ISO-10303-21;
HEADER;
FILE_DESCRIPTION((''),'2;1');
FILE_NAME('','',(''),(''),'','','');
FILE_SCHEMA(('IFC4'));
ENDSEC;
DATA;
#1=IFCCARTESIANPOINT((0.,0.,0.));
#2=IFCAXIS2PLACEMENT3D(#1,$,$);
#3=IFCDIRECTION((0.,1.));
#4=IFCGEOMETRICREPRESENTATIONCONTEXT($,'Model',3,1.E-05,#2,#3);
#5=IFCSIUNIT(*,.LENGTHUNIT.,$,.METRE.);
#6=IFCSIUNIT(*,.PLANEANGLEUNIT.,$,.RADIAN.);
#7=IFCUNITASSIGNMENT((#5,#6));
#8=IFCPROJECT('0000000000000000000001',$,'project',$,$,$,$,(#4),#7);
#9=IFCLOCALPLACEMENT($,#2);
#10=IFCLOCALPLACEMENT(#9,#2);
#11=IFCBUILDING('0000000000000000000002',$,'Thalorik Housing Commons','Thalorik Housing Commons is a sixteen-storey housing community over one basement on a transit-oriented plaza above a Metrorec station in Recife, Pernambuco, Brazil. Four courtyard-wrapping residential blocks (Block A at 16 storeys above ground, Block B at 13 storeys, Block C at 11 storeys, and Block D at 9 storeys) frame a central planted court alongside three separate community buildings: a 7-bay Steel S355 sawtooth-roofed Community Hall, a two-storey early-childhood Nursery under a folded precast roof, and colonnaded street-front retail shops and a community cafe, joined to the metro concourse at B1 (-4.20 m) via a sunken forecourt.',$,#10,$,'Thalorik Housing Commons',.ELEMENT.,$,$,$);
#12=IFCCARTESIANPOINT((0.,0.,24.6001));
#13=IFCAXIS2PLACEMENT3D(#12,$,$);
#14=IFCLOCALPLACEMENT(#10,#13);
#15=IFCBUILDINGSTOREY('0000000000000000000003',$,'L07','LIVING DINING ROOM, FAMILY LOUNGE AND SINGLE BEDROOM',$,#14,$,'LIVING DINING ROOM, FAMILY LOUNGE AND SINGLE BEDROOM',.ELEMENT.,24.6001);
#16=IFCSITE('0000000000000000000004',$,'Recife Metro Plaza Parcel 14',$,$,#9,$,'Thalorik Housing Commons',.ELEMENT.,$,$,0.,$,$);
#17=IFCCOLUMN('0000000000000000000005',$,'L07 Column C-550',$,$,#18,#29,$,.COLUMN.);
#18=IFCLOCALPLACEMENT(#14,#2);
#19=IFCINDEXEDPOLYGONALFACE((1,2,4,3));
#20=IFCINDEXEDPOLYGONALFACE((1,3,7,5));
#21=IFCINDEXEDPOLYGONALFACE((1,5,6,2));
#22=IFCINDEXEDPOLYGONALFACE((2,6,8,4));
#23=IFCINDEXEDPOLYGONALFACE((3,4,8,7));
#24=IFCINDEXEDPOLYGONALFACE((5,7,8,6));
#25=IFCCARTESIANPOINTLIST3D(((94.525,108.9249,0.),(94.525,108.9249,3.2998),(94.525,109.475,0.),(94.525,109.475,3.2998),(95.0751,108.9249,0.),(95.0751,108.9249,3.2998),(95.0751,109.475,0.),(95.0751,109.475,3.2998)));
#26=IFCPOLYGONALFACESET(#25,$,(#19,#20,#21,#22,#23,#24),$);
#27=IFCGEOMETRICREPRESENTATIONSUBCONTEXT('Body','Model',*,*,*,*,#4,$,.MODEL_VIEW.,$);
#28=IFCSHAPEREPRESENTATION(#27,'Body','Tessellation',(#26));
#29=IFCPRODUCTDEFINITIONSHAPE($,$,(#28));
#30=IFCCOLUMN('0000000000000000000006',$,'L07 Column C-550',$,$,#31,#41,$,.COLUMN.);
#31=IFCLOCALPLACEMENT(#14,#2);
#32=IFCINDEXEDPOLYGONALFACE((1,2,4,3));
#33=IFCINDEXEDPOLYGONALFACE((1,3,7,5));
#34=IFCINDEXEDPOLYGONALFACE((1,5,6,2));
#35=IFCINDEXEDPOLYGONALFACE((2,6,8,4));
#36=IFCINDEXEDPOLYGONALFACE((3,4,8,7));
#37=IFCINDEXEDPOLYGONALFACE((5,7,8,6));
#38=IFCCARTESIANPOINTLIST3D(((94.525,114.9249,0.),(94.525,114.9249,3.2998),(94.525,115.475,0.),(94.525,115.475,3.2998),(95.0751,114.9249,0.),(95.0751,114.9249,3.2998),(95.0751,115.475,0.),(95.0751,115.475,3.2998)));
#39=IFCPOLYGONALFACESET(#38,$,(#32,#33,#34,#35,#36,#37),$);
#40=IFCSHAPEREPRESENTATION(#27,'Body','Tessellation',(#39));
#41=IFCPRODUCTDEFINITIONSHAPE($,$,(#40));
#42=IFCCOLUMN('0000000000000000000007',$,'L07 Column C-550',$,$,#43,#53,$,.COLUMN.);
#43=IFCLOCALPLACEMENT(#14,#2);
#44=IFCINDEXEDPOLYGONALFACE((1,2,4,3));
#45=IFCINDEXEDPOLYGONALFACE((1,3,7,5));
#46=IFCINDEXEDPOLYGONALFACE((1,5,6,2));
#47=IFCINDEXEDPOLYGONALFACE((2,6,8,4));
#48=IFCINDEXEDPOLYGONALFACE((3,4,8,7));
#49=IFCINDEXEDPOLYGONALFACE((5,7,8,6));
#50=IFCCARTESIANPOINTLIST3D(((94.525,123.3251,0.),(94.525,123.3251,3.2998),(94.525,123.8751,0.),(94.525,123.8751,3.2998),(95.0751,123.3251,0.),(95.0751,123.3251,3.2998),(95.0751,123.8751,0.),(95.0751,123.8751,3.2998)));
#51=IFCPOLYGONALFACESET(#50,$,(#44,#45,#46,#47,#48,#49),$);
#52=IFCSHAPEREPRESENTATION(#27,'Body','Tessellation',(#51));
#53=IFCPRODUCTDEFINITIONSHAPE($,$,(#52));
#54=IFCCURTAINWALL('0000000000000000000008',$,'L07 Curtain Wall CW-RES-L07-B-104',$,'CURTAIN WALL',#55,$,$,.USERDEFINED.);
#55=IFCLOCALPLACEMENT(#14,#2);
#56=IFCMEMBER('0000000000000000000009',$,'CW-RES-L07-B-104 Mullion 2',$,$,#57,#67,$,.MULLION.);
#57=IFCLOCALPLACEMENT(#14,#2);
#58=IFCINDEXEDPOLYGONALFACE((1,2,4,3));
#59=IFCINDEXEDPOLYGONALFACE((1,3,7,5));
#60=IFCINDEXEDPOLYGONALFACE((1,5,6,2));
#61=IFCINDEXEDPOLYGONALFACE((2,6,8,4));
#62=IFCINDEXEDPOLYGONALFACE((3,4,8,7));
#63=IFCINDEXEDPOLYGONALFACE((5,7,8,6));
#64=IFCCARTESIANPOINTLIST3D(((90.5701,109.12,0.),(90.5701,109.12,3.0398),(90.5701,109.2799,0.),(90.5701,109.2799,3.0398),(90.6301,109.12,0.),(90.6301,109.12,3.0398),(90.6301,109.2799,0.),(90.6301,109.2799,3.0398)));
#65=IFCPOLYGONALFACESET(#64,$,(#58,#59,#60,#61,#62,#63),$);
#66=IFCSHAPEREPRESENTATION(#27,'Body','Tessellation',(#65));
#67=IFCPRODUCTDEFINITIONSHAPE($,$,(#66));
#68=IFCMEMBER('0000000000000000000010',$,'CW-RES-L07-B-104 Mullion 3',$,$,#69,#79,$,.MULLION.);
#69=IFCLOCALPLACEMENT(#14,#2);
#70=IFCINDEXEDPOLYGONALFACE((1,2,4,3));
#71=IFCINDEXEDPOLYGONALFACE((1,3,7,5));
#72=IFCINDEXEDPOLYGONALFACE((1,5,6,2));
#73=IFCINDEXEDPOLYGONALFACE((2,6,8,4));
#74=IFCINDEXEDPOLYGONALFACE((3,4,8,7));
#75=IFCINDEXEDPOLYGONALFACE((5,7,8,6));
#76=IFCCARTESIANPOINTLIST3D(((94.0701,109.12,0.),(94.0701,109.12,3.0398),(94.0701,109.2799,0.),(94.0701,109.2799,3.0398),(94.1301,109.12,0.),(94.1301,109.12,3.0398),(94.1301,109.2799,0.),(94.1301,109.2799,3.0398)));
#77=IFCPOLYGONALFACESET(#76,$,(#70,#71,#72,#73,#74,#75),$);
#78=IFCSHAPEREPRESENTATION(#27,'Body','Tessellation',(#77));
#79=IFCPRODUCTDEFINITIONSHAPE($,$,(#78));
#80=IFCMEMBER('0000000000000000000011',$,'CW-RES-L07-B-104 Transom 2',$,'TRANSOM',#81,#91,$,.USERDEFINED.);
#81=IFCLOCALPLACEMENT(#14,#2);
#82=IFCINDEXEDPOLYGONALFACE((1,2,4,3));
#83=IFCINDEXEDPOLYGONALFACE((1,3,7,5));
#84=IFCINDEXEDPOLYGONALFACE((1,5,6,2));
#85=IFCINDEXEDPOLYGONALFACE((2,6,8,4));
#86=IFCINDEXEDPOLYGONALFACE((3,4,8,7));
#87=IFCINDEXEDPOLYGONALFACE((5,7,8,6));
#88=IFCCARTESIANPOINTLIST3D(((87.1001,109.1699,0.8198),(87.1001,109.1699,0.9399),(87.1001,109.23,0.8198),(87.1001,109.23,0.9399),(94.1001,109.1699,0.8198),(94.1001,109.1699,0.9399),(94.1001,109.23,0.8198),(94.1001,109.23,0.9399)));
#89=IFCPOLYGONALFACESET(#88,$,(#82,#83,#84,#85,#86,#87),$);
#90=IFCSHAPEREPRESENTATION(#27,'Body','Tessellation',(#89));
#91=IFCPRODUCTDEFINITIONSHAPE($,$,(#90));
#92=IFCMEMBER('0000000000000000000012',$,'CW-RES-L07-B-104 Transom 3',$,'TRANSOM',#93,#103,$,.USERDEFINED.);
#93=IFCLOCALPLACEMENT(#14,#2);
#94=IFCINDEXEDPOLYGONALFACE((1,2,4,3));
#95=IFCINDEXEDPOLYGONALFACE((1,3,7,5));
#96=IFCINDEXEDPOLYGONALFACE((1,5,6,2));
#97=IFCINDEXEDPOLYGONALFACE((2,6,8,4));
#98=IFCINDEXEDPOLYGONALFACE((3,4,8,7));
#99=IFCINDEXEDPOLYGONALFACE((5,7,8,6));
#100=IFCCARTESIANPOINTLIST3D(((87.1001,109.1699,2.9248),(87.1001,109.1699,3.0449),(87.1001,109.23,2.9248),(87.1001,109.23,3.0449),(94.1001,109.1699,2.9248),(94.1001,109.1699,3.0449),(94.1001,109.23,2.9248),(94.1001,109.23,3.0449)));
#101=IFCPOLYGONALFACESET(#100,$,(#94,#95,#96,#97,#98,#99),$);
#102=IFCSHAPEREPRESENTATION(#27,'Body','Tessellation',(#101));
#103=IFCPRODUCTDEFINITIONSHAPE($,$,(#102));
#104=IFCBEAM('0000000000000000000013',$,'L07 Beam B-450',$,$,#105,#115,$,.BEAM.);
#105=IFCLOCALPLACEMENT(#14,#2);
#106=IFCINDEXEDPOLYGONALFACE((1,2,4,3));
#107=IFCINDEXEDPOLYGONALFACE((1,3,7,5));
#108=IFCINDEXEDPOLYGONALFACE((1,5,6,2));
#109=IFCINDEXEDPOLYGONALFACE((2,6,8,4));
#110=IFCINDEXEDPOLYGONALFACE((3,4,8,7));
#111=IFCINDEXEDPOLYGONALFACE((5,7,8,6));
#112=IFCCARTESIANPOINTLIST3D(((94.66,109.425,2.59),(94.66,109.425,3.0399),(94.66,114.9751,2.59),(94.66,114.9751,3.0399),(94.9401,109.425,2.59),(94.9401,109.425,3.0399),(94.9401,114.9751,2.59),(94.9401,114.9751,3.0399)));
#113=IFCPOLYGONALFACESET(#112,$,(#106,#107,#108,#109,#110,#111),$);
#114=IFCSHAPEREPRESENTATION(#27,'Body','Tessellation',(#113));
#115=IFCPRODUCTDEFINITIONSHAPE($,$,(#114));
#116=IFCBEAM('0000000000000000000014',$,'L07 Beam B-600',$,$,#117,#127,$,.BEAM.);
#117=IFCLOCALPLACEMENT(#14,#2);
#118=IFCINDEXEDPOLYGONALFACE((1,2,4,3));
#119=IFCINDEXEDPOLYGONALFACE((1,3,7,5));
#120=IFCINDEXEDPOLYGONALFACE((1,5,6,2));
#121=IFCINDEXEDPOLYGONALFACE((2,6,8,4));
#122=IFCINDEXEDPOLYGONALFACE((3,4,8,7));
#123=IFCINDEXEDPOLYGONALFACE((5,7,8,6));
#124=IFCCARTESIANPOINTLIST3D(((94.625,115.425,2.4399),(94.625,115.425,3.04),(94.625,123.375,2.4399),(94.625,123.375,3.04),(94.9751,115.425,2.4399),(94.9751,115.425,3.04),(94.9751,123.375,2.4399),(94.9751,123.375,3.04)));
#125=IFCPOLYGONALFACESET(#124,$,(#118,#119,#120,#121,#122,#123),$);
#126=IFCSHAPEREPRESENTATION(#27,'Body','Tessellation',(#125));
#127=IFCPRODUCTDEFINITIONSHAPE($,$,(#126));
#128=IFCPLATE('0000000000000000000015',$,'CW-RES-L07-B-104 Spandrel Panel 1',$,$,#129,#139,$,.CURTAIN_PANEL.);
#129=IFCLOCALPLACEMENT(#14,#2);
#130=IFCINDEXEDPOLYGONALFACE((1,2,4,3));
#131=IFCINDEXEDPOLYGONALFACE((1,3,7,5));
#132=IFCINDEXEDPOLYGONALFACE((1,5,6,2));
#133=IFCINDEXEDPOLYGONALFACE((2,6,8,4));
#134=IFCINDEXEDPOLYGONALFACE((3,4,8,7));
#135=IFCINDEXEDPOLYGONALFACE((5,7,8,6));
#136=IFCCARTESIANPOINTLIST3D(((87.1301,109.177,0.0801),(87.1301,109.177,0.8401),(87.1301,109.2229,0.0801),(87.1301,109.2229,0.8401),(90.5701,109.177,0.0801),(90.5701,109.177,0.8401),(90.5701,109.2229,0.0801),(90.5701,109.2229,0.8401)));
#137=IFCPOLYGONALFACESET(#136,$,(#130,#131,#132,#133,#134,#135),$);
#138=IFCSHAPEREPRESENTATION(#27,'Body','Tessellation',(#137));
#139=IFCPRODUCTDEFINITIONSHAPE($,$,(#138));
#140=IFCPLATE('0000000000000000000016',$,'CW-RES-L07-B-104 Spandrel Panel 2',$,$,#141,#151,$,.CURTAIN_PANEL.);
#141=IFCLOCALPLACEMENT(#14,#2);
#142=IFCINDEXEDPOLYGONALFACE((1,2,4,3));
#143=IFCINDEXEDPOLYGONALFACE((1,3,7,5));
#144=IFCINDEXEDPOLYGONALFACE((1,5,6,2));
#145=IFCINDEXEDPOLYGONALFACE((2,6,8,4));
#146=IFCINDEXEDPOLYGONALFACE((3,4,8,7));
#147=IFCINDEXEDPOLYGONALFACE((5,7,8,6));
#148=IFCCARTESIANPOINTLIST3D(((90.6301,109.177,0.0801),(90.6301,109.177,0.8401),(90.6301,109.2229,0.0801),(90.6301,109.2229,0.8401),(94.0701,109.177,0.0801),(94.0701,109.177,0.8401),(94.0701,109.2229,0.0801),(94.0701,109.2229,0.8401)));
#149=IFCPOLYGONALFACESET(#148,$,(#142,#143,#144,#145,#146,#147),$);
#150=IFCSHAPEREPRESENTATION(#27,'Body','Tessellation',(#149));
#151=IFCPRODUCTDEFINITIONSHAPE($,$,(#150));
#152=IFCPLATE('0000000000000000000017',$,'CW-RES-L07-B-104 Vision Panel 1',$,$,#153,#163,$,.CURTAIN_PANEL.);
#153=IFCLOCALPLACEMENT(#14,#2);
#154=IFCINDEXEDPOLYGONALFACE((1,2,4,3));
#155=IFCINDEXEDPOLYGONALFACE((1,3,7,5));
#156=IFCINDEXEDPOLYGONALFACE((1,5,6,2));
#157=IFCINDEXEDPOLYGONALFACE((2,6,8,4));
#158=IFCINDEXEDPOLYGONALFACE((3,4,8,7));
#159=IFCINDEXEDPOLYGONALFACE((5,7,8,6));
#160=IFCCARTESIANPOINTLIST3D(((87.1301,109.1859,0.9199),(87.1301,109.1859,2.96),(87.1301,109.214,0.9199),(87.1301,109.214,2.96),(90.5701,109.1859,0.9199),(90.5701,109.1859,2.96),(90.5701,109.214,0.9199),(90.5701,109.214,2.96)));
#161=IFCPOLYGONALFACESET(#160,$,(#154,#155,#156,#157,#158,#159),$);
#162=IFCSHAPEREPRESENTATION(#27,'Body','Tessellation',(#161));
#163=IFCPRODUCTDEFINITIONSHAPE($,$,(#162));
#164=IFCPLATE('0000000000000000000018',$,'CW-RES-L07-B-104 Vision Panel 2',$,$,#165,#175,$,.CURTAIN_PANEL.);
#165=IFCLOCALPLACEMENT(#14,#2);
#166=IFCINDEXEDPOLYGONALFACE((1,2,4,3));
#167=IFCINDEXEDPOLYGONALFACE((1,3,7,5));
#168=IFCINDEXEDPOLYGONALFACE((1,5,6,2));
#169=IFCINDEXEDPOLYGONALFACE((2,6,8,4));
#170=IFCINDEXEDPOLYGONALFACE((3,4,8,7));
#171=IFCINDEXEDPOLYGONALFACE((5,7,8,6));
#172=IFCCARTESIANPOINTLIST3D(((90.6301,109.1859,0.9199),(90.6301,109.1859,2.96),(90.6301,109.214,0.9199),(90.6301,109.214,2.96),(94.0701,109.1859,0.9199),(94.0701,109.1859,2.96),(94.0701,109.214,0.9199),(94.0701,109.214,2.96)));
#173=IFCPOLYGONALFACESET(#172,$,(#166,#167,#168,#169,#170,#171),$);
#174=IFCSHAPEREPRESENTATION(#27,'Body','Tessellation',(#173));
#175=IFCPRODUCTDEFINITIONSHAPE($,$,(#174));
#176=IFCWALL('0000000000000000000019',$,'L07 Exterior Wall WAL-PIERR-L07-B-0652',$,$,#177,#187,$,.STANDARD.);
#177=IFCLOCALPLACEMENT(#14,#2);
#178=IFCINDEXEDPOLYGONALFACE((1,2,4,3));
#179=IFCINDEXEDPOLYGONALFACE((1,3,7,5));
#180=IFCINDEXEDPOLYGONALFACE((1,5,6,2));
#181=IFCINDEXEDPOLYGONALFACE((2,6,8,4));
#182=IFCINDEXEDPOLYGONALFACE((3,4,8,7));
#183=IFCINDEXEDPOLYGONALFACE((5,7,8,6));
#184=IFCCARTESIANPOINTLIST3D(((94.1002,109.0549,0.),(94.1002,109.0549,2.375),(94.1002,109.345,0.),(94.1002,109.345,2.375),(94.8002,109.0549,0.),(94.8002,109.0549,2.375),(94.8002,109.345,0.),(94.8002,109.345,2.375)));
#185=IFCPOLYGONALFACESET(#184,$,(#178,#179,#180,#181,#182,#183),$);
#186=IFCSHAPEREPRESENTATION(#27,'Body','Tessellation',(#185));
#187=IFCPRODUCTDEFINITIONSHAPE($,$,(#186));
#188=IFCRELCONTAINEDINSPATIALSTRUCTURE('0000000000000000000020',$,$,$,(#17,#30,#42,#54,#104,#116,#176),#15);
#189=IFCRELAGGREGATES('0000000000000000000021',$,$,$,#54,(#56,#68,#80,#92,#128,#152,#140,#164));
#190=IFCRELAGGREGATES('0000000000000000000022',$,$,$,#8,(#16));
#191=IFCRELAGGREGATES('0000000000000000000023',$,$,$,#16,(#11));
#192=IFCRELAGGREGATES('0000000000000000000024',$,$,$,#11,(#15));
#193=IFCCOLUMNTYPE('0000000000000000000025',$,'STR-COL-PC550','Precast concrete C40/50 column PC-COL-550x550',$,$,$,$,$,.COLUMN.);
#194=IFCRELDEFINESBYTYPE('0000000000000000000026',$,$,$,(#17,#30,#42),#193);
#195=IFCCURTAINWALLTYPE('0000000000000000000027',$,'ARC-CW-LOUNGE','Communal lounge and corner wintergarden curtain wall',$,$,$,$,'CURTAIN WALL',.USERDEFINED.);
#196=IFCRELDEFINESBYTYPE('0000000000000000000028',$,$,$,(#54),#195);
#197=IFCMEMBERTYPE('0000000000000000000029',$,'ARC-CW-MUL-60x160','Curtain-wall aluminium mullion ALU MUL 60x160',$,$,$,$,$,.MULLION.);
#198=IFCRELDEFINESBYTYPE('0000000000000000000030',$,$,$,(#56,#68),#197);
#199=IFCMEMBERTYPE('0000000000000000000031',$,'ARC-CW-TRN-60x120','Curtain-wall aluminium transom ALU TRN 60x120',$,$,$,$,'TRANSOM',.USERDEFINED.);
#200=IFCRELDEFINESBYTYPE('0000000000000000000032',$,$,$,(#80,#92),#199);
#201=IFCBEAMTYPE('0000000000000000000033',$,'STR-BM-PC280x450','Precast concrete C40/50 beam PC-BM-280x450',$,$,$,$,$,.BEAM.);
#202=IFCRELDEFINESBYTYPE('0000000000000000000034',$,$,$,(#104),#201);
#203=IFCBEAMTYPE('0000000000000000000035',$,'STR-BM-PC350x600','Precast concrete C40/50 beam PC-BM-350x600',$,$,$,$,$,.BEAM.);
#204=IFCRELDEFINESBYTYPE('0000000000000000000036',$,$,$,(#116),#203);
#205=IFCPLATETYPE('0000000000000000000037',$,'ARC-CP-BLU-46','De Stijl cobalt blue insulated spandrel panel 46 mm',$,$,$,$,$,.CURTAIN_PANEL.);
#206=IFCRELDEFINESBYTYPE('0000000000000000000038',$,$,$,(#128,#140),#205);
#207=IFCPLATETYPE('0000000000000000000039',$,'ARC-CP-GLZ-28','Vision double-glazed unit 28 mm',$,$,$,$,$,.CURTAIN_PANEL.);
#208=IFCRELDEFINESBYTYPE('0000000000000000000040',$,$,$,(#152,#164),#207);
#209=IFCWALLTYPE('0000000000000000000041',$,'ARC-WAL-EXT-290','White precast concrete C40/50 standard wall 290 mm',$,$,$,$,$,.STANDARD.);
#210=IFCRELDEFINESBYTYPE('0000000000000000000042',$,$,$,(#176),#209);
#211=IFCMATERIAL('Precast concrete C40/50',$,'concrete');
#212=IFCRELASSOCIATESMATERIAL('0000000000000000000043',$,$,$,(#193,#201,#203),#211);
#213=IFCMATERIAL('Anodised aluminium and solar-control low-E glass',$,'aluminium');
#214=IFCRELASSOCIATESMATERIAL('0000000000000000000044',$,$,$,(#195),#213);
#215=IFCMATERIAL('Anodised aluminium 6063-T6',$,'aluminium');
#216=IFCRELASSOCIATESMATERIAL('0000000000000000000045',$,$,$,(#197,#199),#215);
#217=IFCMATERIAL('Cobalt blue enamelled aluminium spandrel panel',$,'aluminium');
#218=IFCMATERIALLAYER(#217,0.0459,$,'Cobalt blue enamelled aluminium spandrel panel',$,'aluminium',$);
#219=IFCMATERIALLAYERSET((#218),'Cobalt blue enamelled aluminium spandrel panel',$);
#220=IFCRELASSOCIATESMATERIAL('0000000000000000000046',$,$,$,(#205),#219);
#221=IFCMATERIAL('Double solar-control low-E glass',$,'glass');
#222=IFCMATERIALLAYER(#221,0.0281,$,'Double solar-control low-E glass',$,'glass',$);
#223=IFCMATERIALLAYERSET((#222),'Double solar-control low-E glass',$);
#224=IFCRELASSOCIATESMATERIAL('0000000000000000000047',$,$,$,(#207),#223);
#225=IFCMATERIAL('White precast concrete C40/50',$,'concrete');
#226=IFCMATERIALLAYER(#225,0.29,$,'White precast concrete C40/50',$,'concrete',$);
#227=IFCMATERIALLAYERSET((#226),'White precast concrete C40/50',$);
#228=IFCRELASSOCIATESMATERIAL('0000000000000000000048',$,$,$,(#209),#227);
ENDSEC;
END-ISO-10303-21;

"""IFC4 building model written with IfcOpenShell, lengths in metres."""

from ifc_helpers import new_model, si_unit, direction, frame, frame_2d, origin, origin_2d, place, context, subcontext, project, spatial, rectangle, extrude, material, layer, layer_set, material_profile, profile_set, type_object, element, aggregate, save


model = new_model("IFC4")

# Units and contexts
model_context = context("Model", 3, precision=1e-05, world=origin(), true_north=direction((0.0, 1.0)))
body_context = subcontext(model_context, "Body", "Model", "MODEL_VIEW")
ifc_project = project(units=[si_unit("LENGTHUNIT", "METRE"), si_unit("PLANEANGLEUNIT", "RADIAN")], contexts=[model_context])

# Site, building, storey
site_placement = place(None, origin())
site = spatial("IfcSite", under=ifc_project, at=site_placement, Name="Recife Metro Plaza Parcel 14", LongName="Thalorik Housing Commons", CompositionType="ELEMENT", RefElevation=0.0)
building_placement = place(site_placement, origin())
building = spatial("IfcBuilding", under=site, at=building_placement, Name="Thalorik Housing Commons", Description="Thalorik Housing Commons is a sixteen-storey housing community over one basement on a transit-oriented plaza above a Metrorec station in Recife, Pernambuco, Brazil. Four courtyard-wrapping residential blocks (Block A at 16 storeys above ground, Block B at 13 storeys, Block C at 11 storeys, and Block D at 9 storeys) frame a central planted court alongside three separate community buildings: a 7-bay Steel S355 sawtooth-roofed Community Hall, a two-storey early-childhood Nursery under a folded precast roof, and colonnaded street-front retail shops and a community cafe, joined to the metro concourse at B1 (-4.20 m) via a sunken forecourt.", LongName="Thalorik Housing Commons", CompositionType="ELEMENT")
storey_placement = place(building_placement, frame((0.0, 0.0, 24.6001)))
storey = spatial("IfcBuildingStorey", under=building, at=storey_placement, Name="L07", Description="LIVING DINING ROOM, FAMILY LOUNGE AND SINGLE BEDROOM", LongName="LIVING DINING ROOM, FAMILY LOUNGE AND SINGLE BEDROOM", CompositionType="ELEMENT", Elevation=24.6001)

# Columns
ifc_material_1 = material(Name="Precast concrete C40/50", Category="concrete")
ifc_material_profile_1 = material_profile(ifc_material_1, rectangle(XDim=0.55, YDim=0.55, at=origin_2d()), Name="PC 550x550", Category="concrete")
ifc_profile_set_1 = profile_set([ifc_material_profile_1], Name="Precast concrete C40/50")
column_type = type_object("IfcColumnType", Name="STR-COL-PC550", Description="Precast concrete C40/50 column PC-COL-550x550", PredefinedType="COLUMN", material=ifc_profile_set_1)
for number, where, z_axis, x_axis, name in (
    (1, (94.8, 109.2, 0.0), (0.0, 0.0, 1.0), (1.0, 0.0, 0.0), "L07 Column C-550"),
    (2, (94.8, 115.2, 0.0), (0.0, 0.0, 1.0), (1.0, 0.0, 0.0), "L07 Column C-550"),
    (3, (94.8, 123.6001, 0.0), (0.0, 0.0, 1.0), (1.0, 0.0, 0.0), "L07 Column C-550"),
):
    element("IfcColumn", number, at=place(storey_placement, frame(where, z_axis=z_axis, x_axis=x_axis)), inside=storey, type_object=column_type, Name=name, PredefinedType="COLUMN", context=body_context, shape_type="SweptSolid", body=[
        extrude(rectangle(XDim=0.55, YDim=0.55, at=origin_2d()), origin(), (0.0, 0.0, 1.0), 3.2998),
    ])

# Curtain wall, members
ifc_material_2 = material(Name="Anodised aluminium and solar-control low-E glass", Category="aluminium")
curtain_wall_type = type_object("IfcCurtainWallType", Name="ARC-CW-LOUNGE", Description="Communal lounge and corner wintergarden curtain wall", ElementType="CURTAIN WALL", PredefinedType="USERDEFINED", material=ifc_material_2)
curtain_wall_placement = place(storey_placement, origin())
curtain_wall = element("IfcCurtainWall", 4, at=curtain_wall_placement, inside=storey, type_object=curtain_wall_type, Name="L07 Curtain Wall CW-RES-L07-B-104", ObjectType="CURTAIN WALL", PredefinedType="USERDEFINED")
ifc_material_3 = material(Name="Anodised aluminium 6063-T6", Category="aluminium")
ifc_material_profile_2 = material_profile(ifc_material_3, rectangle(XDim=0.0601, YDim=0.1599, at=origin_2d()), Name="ALU MUL 60x160", Category="aluminium")
ifc_profile_set_2 = profile_set([ifc_material_profile_2], Name="Anodised aluminium 6063-T6")
member_type_1 = type_object("IfcMemberType", Name="ARC-CW-MUL-60x160", Description="Curtain-wall aluminium mullion ALU MUL 60x160", PredefinedType="MULLION", material=ifc_profile_set_2)
member_1_placement = place(storey_placement, frame((90.6001, 109.2, 0.0), z_axis=(0.0, 0.0, 1.0), x_axis=(1.0, 0.0, 0.0)))
member_1 = element("IfcMember", 5, at=member_1_placement, type_object=member_type_1, Name="CW-RES-L07-B-104 Mullion 2", PredefinedType="MULLION", context=body_context, shape_type="SweptSolid", body=[
    extrude(rectangle(XDim=0.0601, YDim=0.1599, at=origin_2d()), origin(), (0.0, 0.0, 1.0), 3.0398),
])
member_2_placement = place(storey_placement, frame((94.1001, 109.2, 0.0), z_axis=(0.0, 0.0, 1.0), x_axis=(1.0, 0.0, 0.0)))
member_2 = element("IfcMember", 6, at=member_2_placement, type_object=member_type_1, Name="CW-RES-L07-B-104 Mullion 3", PredefinedType="MULLION", context=body_context, shape_type="SweptSolid", body=[
    extrude(rectangle(XDim=0.0601, YDim=0.1599, at=origin_2d()), origin(), (0.0, 0.0, 1.0), 3.0398),
])
ifc_material_profile_3 = material_profile(ifc_material_3, rectangle(XDim=0.0601, YDim=0.1201, at=origin_2d()), Name="ALU TRN 60x120", Category="aluminium")
ifc_profile_set_3 = profile_set([ifc_material_profile_3], Name="Anodised aluminium 6063-T6")
member_type_2 = type_object("IfcMemberType", Name="ARC-CW-TRN-60x120", Description="Curtain-wall aluminium transom ALU TRN 60x120", ElementType="TRANSOM", PredefinedType="USERDEFINED", material=ifc_profile_set_3)
member_3_placement = place(storey_placement, frame((87.1001, 109.2, 0.8799), z_axis=(1.0, 0.0, 0.0), x_axis=(0.0, 1.0, 0.0)))
member_3 = element("IfcMember", 7, at=member_3_placement, type_object=member_type_2, Name="CW-RES-L07-B-104 Transom 2", ObjectType="TRANSOM", PredefinedType="USERDEFINED", context=body_context, shape_type="SweptSolid", body=[
    extrude(rectangle(XDim=0.0601, YDim=0.1201, at=origin_2d()), origin(), (0.0, 0.0, 1.0), 7.0),
])
member_4_placement = place(storey_placement, frame((87.1001, 109.2, 2.9849), z_axis=(1.0, 0.0, 0.0), x_axis=(0.0, 1.0, 0.0)))
member_4 = element("IfcMember", 8, at=member_4_placement, type_object=member_type_2, Name="CW-RES-L07-B-104 Transom 3", ObjectType="TRANSOM", PredefinedType="USERDEFINED", context=body_context, shape_type="SweptSolid", body=[
    extrude(rectangle(XDim=0.0601, YDim=0.1201, at=origin_2d()), origin(), (0.0, 0.0, 1.0), 7.0),
])

# Beams
ifc_material_profile_4 = material_profile(ifc_material_1, rectangle(XDim=0.28, YDim=0.45, at=origin_2d()), Name="PC 280x450", Category="concrete")
ifc_profile_set_4 = profile_set([ifc_material_profile_4], Name="Precast concrete C40/50")
beam_type_1 = type_object("IfcBeamType", Name="STR-BM-PC280x450", Description="Precast concrete C40/50 beam PC-BM-280x450", PredefinedType="BEAM", material=ifc_profile_set_4)
beam_1_placement = place(storey_placement, frame((94.8, 109.425, 2.8149), z_axis=(0.0, 1.0, 0.0), x_axis=(-1.0, 0.0, 0.0)))
element("IfcBeam", 9, at=beam_1_placement, inside=storey, type_object=beam_type_1, Name="L07 Beam B-450", PredefinedType="BEAM", context=body_context, shape_type="SweptSolid", body=[
    extrude(rectangle(XDim=0.28, YDim=0.45, at=origin_2d()), origin(), (0.0, 0.0, 1.0), 5.55),
])
ifc_material_profile_5 = material_profile(ifc_material_1, rectangle(XDim=0.3501, YDim=0.6001, at=origin_2d()), Name="PC 350x600", Category="concrete")
ifc_profile_set_5 = profile_set([ifc_material_profile_5], Name="Precast concrete C40/50")
beam_type_2 = type_object("IfcBeamType", Name="STR-BM-PC350x600", Description="Precast concrete C40/50 beam PC-BM-350x600", PredefinedType="BEAM", material=ifc_profile_set_5)
beam_2_placement = place(storey_placement, frame((94.8, 115.425, 2.74), z_axis=(0.0, 1.0, 0.0), x_axis=(-1.0, 0.0, 0.0)))
element("IfcBeam", 10, at=beam_2_placement, inside=storey, type_object=beam_type_2, Name="L07 Beam B-600", PredefinedType="BEAM", context=body_context, shape_type="SweptSolid", body=[
    extrude(rectangle(XDim=0.3501, YDim=0.6001, at=origin_2d()), origin(), (0.0, 0.0, 1.0), 7.95),
])

# Plates
ifc_material_4 = material(Name="Cobalt blue enamelled aluminium spandrel panel", Category="aluminium")
ifc_layer_1 = layer(ifc_material_4, 0.0459, Name="Cobalt blue enamelled aluminium spandrel panel", Category="aluminium")
ifc_layer_set_1 = layer_set([ifc_layer_1], Name="Cobalt blue enamelled aluminium spandrel panel")
plate_type_1 = type_object("IfcPlateType", Name="ARC-CP-BLU-46", Description="De Stijl cobalt blue insulated spandrel panel 46 mm", PredefinedType="CURTAIN_PANEL", material=ifc_layer_set_1)
plate_1_placement = place(storey_placement, frame((88.8501, 109.2, 0.0801), z_axis=(0.0, 0.0, 1.0), x_axis=(1.0, 0.0, 0.0)))
plate_1 = element("IfcPlate", 11, at=plate_1_placement, type_object=plate_type_1, Name="CW-RES-L07-B-104 Spandrel Panel 1", PredefinedType="CURTAIN_PANEL", context=body_context, shape_type="SweptSolid", body=[
    extrude(rectangle(XDim=3.4399, YDim=0.0459, at=origin_2d()), origin(), (0.0, 0.0, 1.0), 0.76),
])
plate_2_placement = place(storey_placement, frame((92.3501, 109.2, 0.0801), z_axis=(0.0, 0.0, 1.0), x_axis=(1.0, 0.0, 0.0)))
plate_2 = element("IfcPlate", 12, at=plate_2_placement, type_object=plate_type_1, Name="CW-RES-L07-B-104 Spandrel Panel 2", PredefinedType="CURTAIN_PANEL", context=body_context, shape_type="SweptSolid", body=[
    extrude(rectangle(XDim=3.4399, YDim=0.0459, at=origin_2d()), origin(), (0.0, 0.0, 1.0), 0.76),
])
ifc_material_5 = material(Name="Double solar-control low-E glass", Category="glass")
ifc_layer_2 = layer(ifc_material_5, 0.0281, Name="Double solar-control low-E glass", Category="glass")
ifc_layer_set_2 = layer_set([ifc_layer_2], Name="Double solar-control low-E glass")
plate_type_2 = type_object("IfcPlateType", Name="ARC-CP-GLZ-28", Description="Vision double-glazed unit 28 mm", PredefinedType="CURTAIN_PANEL", material=ifc_layer_set_2)
plate_3_placement = place(storey_placement, frame((88.8501, 109.2, 0.9199), z_axis=(0.0, 0.0, 1.0), x_axis=(1.0, 0.0, 0.0)))
plate_3 = element("IfcPlate", 13, at=plate_3_placement, type_object=plate_type_2, Name="CW-RES-L07-B-104 Vision Panel 1", PredefinedType="CURTAIN_PANEL", context=body_context, shape_type="SweptSolid", body=[
    extrude(rectangle(XDim=3.4399, YDim=0.0281, at=origin_2d()), origin(), (0.0, 0.0, 1.0), 2.04),
])
plate_4_placement = place(storey_placement, frame((92.3501, 109.2, 0.9199), z_axis=(0.0, 0.0, 1.0), x_axis=(1.0, 0.0, 0.0)))
plate_4 = element("IfcPlate", 14, at=plate_4_placement, type_object=plate_type_2, Name="CW-RES-L07-B-104 Vision Panel 2", PredefinedType="CURTAIN_PANEL", context=body_context, shape_type="SweptSolid", body=[
    extrude(rectangle(XDim=3.4399, YDim=0.0281, at=origin_2d()), origin(), (0.0, 0.0, 1.0), 2.04),
])
aggregate(curtain_wall, [member_1, member_2, member_3, member_4, plate_1, plate_3, plate_2, plate_4])

# Wall
ifc_material_6 = material(Name="White precast concrete C40/50", Category="concrete")
ifc_layer_3 = layer(ifc_material_6, 0.29, Name="White precast concrete C40/50", Category="concrete")
ifc_layer_set_3 = layer_set([ifc_layer_3], Name="White precast concrete C40/50")
wall_type_1 = type_object("IfcWallType", Name="ARC-WAL-EXT-290", Description="White precast concrete C40/50 standard wall 290 mm", PredefinedType="STANDARD", material=ifc_layer_set_3)
wall_1_placement = place(storey_placement, frame((94.1001, 109.2, 0.0), z_axis=(0.0, 0.0, 1.0), x_axis=(1.0, 0.0, 0.0)))
element("IfcWall", 15, at=wall_1_placement, inside=storey, type_object=wall_type_1, Name="L07 Exterior Wall WAL-PIERR-L07-B-0652", PredefinedType="STANDARD", context=body_context, shape_type="SweptSolid", body=[
    extrude(rectangle(XDim=0.7, YDim=0.29, at=frame_2d((0.3501, 0.0))), origin(), (0.0, 0.0, 1.0), 2.375),
])

save(model, "model.ifc")
